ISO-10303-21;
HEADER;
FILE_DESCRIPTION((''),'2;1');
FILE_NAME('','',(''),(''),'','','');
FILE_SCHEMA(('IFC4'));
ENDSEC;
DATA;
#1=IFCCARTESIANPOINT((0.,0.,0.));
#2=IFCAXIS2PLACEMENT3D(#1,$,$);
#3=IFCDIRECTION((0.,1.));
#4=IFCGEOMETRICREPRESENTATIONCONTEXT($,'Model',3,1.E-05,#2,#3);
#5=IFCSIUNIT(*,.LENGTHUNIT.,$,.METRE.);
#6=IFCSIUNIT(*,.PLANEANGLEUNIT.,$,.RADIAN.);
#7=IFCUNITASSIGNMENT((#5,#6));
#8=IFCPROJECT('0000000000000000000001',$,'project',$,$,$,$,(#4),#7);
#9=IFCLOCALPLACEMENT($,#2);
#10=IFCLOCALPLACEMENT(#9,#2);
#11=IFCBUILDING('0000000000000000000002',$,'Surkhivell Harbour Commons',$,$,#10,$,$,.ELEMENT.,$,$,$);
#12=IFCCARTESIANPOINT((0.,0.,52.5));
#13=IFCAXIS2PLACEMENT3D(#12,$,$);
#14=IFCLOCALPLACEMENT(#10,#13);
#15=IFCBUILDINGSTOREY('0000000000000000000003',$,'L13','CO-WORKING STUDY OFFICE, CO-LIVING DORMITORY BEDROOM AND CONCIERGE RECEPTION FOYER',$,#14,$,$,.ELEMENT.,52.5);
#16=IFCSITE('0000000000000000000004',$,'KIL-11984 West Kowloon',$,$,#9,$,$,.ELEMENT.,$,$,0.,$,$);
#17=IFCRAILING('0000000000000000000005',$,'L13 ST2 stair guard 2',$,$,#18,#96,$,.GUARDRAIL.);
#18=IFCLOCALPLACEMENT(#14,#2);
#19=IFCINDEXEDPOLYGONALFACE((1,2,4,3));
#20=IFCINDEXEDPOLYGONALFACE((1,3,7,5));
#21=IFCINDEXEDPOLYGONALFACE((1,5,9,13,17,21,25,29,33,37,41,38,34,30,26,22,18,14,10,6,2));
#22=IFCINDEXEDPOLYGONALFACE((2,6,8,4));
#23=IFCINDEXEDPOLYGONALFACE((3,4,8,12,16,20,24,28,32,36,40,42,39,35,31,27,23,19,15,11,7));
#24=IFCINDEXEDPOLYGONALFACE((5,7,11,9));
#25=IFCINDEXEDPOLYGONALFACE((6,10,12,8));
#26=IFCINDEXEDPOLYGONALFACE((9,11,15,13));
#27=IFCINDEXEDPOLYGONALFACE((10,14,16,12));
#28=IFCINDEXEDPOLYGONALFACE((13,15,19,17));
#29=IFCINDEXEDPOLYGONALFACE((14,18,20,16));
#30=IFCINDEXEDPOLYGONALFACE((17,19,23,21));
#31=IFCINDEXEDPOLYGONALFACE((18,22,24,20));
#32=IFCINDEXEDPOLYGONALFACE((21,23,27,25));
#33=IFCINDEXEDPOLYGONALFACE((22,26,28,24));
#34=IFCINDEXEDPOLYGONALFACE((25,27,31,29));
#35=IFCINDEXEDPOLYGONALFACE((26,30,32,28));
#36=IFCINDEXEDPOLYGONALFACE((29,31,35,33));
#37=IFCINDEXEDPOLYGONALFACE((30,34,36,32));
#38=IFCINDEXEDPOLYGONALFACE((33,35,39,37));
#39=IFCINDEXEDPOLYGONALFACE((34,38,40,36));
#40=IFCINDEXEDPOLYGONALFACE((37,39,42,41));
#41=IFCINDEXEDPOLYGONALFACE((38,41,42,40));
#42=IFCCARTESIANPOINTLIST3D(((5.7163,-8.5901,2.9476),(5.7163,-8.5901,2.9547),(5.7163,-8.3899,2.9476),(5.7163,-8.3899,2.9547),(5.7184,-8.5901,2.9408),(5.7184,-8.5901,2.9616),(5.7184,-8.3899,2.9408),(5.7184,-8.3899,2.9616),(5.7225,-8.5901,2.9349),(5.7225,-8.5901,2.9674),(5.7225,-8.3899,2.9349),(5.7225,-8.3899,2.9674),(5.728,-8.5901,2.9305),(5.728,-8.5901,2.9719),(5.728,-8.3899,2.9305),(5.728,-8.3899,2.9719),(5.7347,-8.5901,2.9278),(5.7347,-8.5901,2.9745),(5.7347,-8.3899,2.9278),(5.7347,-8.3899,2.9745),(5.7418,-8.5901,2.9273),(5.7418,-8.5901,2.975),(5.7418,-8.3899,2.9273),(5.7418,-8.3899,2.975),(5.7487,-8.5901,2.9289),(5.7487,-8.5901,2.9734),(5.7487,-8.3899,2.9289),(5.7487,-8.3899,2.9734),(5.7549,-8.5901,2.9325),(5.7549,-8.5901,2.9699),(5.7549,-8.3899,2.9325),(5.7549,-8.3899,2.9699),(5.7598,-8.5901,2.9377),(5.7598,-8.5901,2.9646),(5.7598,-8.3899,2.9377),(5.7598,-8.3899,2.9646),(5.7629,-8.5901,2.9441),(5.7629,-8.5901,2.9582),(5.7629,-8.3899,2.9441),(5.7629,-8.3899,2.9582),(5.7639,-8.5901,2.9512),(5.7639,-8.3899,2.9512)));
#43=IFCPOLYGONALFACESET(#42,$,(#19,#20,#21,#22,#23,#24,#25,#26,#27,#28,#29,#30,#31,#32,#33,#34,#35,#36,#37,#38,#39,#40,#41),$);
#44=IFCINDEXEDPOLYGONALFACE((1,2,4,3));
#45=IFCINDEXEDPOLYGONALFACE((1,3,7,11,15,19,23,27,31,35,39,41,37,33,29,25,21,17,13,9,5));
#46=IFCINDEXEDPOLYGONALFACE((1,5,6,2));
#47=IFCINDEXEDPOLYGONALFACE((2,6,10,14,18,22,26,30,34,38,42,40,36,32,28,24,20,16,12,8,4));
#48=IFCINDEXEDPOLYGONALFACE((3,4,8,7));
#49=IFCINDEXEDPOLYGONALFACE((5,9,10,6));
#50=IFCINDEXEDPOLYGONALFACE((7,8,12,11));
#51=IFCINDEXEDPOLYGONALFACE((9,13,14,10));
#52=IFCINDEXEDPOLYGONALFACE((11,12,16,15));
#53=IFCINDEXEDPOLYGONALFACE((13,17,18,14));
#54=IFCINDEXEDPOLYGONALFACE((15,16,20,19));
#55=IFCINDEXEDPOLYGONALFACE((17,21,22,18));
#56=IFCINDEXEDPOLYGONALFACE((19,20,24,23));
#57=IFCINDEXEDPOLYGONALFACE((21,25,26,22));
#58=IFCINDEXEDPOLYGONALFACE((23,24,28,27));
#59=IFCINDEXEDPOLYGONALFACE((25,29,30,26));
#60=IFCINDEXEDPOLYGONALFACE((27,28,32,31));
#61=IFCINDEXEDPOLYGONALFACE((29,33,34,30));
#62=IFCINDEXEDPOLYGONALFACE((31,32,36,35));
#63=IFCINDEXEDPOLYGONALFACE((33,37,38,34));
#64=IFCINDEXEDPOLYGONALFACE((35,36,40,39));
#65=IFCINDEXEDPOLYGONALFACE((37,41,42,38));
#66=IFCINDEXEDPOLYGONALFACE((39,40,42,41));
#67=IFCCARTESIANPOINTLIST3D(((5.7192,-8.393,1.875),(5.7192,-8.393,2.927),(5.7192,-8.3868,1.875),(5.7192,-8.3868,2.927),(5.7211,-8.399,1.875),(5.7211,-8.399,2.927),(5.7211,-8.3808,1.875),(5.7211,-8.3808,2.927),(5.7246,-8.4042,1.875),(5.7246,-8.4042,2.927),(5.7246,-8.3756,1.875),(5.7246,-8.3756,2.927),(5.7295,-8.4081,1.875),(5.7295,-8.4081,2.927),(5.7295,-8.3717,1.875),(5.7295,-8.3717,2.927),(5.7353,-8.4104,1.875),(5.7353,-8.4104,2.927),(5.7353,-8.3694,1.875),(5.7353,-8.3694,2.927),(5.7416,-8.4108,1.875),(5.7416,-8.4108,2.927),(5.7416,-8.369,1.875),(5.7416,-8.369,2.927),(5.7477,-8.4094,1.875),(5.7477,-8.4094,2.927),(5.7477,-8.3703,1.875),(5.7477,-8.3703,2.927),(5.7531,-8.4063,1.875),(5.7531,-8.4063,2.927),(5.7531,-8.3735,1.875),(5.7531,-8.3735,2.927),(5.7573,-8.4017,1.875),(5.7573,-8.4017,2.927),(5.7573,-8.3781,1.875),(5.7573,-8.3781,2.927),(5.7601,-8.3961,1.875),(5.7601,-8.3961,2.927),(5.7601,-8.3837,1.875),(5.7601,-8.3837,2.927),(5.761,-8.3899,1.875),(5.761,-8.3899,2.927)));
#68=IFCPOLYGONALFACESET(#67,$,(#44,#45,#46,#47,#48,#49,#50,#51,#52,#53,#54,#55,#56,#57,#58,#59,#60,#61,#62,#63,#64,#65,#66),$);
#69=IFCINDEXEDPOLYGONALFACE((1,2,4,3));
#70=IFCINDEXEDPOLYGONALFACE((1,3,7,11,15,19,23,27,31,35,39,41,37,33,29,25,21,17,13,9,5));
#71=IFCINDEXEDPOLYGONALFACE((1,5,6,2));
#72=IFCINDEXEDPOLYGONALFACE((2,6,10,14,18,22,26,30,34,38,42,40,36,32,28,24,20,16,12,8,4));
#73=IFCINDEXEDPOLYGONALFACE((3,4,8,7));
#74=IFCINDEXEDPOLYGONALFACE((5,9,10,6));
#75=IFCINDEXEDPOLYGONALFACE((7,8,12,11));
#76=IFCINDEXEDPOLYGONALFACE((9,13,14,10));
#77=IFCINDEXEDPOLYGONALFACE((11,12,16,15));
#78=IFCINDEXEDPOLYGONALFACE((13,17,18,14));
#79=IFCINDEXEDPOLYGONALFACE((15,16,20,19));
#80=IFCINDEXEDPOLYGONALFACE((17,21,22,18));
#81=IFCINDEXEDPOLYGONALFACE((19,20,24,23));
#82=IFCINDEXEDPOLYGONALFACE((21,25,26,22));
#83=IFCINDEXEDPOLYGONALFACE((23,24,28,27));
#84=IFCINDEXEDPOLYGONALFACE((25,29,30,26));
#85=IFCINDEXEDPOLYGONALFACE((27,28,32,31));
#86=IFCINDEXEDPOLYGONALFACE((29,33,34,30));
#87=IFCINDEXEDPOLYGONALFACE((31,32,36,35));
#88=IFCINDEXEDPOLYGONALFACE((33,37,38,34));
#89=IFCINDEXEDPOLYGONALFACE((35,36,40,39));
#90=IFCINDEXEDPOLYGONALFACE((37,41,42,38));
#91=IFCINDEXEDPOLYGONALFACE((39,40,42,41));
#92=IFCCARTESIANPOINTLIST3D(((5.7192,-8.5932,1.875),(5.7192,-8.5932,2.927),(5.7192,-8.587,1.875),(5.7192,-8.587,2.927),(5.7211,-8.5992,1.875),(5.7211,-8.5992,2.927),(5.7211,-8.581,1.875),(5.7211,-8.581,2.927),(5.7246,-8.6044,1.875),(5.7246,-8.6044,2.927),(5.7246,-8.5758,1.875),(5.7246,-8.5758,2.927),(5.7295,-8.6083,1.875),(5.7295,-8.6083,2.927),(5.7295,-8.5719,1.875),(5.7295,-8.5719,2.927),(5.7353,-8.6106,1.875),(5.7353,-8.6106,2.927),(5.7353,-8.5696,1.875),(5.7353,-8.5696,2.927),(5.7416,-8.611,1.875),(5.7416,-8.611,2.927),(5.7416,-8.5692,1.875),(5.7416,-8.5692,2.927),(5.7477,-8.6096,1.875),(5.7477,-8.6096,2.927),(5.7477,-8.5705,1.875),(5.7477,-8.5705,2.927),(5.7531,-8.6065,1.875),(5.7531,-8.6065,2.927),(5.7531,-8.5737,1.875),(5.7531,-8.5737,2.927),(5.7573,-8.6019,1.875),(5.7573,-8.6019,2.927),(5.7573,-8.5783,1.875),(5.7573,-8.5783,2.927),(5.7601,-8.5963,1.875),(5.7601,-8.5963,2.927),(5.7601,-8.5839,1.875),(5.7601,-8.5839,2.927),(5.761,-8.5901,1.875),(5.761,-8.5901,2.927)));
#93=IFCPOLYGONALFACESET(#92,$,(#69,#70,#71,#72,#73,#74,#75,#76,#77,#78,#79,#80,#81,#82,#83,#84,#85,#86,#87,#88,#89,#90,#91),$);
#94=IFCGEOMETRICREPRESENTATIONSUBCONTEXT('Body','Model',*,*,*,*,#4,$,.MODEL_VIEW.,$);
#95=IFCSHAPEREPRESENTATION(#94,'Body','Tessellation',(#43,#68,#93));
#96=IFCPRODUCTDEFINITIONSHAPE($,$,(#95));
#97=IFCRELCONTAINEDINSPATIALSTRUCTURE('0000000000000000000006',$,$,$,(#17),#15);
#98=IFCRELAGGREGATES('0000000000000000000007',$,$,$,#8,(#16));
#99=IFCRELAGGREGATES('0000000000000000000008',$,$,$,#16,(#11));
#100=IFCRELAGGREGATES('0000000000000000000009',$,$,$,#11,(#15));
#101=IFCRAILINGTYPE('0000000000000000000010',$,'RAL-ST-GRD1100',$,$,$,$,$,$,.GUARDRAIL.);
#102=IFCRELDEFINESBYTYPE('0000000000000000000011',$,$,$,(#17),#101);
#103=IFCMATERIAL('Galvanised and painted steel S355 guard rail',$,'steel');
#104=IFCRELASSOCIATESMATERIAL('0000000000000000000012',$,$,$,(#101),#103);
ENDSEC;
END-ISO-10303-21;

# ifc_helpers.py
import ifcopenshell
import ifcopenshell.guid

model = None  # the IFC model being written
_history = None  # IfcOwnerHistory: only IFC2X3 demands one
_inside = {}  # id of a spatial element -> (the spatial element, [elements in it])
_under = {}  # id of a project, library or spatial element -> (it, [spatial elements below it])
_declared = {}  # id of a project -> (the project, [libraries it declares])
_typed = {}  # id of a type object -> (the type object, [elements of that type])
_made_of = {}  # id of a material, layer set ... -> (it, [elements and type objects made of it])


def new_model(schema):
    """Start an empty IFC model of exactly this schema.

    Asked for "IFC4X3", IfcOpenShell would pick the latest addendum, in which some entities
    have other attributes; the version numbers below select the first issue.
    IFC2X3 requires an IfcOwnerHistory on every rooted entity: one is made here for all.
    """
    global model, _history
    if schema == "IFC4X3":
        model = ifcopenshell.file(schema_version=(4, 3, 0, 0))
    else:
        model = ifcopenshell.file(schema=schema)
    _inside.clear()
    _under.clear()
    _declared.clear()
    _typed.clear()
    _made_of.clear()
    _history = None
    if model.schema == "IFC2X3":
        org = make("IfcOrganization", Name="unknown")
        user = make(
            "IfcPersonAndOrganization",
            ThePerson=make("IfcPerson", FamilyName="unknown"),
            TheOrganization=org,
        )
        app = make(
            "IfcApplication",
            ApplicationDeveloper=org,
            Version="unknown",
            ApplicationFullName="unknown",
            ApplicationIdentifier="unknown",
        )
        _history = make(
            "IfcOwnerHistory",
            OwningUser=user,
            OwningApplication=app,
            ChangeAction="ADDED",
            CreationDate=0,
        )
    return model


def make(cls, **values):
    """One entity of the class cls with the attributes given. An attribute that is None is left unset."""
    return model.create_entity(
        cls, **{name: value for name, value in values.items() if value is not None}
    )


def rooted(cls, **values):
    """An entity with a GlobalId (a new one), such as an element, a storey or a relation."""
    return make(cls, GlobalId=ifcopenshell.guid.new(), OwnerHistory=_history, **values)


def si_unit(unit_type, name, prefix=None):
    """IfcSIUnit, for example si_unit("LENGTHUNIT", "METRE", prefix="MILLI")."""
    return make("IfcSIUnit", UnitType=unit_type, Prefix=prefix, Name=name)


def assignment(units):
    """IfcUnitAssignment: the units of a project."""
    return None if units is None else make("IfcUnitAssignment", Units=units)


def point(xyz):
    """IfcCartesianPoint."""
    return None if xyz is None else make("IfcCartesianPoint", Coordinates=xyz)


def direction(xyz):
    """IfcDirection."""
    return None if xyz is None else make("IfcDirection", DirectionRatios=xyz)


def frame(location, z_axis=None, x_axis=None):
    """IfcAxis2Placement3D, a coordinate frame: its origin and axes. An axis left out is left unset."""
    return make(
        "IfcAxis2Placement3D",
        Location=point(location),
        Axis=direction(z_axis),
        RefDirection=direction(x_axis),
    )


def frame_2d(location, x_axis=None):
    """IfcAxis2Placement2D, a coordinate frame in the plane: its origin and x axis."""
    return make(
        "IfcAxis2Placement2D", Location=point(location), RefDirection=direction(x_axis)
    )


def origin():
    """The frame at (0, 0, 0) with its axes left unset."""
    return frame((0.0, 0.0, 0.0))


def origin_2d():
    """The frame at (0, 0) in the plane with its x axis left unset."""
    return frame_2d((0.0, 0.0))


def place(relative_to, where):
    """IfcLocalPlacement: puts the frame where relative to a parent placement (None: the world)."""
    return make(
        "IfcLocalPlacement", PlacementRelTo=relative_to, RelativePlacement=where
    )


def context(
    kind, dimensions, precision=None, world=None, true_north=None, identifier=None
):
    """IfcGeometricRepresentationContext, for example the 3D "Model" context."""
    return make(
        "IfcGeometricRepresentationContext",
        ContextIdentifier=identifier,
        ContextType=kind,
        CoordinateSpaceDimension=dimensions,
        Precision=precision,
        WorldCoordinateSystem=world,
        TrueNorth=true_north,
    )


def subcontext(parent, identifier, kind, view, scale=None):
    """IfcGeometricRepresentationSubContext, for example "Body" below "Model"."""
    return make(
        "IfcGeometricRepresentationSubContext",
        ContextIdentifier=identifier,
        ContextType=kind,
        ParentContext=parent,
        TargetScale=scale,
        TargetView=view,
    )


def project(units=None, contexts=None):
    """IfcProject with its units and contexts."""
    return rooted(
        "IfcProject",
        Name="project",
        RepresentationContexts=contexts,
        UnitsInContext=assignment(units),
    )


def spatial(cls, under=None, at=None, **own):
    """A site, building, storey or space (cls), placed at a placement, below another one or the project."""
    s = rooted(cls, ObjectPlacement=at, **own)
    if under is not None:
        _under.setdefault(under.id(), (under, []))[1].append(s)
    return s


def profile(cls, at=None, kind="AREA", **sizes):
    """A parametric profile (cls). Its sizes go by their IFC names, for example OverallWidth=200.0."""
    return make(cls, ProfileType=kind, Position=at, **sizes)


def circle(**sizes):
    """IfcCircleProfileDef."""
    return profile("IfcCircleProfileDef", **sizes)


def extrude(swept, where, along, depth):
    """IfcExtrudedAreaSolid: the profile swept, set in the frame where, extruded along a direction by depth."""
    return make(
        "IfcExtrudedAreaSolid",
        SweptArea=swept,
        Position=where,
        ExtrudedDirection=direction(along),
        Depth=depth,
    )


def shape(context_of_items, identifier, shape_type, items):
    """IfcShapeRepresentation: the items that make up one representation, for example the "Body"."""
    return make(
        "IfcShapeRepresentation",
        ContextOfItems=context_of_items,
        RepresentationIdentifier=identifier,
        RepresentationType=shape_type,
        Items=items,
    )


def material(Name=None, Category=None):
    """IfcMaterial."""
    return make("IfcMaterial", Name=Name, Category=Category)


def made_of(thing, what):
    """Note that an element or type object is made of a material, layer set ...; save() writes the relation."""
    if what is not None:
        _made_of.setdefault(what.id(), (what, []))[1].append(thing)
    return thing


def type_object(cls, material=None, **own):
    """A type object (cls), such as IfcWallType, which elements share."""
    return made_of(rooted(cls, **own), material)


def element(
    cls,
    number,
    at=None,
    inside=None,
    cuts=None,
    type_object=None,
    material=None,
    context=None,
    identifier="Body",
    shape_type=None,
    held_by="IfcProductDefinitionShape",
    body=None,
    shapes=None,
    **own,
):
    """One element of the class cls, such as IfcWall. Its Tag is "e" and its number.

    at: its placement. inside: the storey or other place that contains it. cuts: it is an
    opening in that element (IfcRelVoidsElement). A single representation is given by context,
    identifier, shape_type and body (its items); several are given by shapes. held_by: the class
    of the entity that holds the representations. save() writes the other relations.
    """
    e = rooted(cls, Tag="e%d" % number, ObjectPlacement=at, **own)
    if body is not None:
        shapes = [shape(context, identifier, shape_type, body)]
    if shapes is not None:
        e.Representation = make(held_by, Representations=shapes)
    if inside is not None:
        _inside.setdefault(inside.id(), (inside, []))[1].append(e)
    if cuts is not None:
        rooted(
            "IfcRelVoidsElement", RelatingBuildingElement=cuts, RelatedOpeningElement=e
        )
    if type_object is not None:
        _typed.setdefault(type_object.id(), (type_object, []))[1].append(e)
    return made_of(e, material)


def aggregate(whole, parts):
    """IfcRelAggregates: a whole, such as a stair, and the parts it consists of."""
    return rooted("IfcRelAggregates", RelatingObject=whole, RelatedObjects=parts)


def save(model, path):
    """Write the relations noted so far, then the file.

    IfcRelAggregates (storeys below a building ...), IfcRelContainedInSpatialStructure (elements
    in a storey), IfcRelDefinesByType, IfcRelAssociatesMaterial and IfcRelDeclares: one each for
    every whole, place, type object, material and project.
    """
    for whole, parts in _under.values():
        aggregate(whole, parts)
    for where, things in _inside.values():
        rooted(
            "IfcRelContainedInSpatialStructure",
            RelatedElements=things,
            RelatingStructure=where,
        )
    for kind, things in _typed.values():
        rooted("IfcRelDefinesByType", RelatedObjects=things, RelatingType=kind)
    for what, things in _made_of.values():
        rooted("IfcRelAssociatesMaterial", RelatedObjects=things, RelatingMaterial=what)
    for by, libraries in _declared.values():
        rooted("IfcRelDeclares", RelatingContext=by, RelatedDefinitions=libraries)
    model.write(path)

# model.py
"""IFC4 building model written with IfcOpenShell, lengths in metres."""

from ifc_helpers import new_model, si_unit, direction, frame, origin, origin_2d, place, context, subcontext, project, spatial, circle, extrude, material, type_object, element, save


model = new_model("IFC4")

# Units and contexts
model_context = context("Model", 3, precision=1e-05, world=origin(), true_north=direction((0.0, 1.0)))
body_context = subcontext(model_context, "Body", "Model", "MODEL_VIEW")
ifc_project = project(units=[si_unit("LENGTHUNIT", "METRE"), si_unit("PLANEANGLEUNIT", "RADIAN")], contexts=[model_context])

# Site, building, storey
site_placement = place(None, origin())
site = spatial("IfcSite", under=ifc_project, at=site_placement, Name="KIL-11984 West Kowloon", CompositionType="ELEMENT", RefElevation=0.0)
building_placement = place(site_placement, origin())
building = spatial("IfcBuilding", under=site, at=building_placement, Name="Surkhivell Harbour Commons", CompositionType="ELEMENT")
storey_placement = place(building_placement, frame((0.0, 0.0, 52.5)))
storey = spatial("IfcBuildingStorey", under=building, at=storey_placement, Name="L13", Description="CO-WORKING STUDY OFFICE, CO-LIVING DORMITORY BEDROOM AND CONCIERGE RECEPTION FOYER", CompositionType="ELEMENT", Elevation=52.5)

# Railing
ifc_material_1 = material(Name="Galvanised and painted steel S355 guard rail", Category="steel")
railing_type_1 = type_object("IfcRailingType", Name="RAL-ST-GRD1100", PredefinedType="GUARDRAIL", material=ifc_material_1)
railing_1_placement = place(storey_placement, frame((5.74, -8.3899, 1.875)))
element("IfcRailing", 1, at=railing_1_placement, inside=storey, type_object=railing_type_1, Name="L13 ST2 stair guard 2", PredefinedType="GUARDRAIL", context=body_context, shape_type="SweptSolid", body=[
    extrude(circle(Radius=0.0239, at=origin_2d()), frame((0.0, 0.0, 1.0762), z_axis=(0.0, -1.0, 0.0), x_axis=(1.0, 0.0, 0.0)), (0.0, 0.0, 1.0), 0.2002),
    extrude(circle(Radius=0.021, at=origin_2d()), origin(), (0.0, 0.0, 1.0), 1.052),
    extrude(circle(Radius=0.021, at=origin_2d()), frame((0.0, -0.2002, 0.0)), (0.0, 0.0, 1.0), 1.052),
])

save(model, "model.ifc")
